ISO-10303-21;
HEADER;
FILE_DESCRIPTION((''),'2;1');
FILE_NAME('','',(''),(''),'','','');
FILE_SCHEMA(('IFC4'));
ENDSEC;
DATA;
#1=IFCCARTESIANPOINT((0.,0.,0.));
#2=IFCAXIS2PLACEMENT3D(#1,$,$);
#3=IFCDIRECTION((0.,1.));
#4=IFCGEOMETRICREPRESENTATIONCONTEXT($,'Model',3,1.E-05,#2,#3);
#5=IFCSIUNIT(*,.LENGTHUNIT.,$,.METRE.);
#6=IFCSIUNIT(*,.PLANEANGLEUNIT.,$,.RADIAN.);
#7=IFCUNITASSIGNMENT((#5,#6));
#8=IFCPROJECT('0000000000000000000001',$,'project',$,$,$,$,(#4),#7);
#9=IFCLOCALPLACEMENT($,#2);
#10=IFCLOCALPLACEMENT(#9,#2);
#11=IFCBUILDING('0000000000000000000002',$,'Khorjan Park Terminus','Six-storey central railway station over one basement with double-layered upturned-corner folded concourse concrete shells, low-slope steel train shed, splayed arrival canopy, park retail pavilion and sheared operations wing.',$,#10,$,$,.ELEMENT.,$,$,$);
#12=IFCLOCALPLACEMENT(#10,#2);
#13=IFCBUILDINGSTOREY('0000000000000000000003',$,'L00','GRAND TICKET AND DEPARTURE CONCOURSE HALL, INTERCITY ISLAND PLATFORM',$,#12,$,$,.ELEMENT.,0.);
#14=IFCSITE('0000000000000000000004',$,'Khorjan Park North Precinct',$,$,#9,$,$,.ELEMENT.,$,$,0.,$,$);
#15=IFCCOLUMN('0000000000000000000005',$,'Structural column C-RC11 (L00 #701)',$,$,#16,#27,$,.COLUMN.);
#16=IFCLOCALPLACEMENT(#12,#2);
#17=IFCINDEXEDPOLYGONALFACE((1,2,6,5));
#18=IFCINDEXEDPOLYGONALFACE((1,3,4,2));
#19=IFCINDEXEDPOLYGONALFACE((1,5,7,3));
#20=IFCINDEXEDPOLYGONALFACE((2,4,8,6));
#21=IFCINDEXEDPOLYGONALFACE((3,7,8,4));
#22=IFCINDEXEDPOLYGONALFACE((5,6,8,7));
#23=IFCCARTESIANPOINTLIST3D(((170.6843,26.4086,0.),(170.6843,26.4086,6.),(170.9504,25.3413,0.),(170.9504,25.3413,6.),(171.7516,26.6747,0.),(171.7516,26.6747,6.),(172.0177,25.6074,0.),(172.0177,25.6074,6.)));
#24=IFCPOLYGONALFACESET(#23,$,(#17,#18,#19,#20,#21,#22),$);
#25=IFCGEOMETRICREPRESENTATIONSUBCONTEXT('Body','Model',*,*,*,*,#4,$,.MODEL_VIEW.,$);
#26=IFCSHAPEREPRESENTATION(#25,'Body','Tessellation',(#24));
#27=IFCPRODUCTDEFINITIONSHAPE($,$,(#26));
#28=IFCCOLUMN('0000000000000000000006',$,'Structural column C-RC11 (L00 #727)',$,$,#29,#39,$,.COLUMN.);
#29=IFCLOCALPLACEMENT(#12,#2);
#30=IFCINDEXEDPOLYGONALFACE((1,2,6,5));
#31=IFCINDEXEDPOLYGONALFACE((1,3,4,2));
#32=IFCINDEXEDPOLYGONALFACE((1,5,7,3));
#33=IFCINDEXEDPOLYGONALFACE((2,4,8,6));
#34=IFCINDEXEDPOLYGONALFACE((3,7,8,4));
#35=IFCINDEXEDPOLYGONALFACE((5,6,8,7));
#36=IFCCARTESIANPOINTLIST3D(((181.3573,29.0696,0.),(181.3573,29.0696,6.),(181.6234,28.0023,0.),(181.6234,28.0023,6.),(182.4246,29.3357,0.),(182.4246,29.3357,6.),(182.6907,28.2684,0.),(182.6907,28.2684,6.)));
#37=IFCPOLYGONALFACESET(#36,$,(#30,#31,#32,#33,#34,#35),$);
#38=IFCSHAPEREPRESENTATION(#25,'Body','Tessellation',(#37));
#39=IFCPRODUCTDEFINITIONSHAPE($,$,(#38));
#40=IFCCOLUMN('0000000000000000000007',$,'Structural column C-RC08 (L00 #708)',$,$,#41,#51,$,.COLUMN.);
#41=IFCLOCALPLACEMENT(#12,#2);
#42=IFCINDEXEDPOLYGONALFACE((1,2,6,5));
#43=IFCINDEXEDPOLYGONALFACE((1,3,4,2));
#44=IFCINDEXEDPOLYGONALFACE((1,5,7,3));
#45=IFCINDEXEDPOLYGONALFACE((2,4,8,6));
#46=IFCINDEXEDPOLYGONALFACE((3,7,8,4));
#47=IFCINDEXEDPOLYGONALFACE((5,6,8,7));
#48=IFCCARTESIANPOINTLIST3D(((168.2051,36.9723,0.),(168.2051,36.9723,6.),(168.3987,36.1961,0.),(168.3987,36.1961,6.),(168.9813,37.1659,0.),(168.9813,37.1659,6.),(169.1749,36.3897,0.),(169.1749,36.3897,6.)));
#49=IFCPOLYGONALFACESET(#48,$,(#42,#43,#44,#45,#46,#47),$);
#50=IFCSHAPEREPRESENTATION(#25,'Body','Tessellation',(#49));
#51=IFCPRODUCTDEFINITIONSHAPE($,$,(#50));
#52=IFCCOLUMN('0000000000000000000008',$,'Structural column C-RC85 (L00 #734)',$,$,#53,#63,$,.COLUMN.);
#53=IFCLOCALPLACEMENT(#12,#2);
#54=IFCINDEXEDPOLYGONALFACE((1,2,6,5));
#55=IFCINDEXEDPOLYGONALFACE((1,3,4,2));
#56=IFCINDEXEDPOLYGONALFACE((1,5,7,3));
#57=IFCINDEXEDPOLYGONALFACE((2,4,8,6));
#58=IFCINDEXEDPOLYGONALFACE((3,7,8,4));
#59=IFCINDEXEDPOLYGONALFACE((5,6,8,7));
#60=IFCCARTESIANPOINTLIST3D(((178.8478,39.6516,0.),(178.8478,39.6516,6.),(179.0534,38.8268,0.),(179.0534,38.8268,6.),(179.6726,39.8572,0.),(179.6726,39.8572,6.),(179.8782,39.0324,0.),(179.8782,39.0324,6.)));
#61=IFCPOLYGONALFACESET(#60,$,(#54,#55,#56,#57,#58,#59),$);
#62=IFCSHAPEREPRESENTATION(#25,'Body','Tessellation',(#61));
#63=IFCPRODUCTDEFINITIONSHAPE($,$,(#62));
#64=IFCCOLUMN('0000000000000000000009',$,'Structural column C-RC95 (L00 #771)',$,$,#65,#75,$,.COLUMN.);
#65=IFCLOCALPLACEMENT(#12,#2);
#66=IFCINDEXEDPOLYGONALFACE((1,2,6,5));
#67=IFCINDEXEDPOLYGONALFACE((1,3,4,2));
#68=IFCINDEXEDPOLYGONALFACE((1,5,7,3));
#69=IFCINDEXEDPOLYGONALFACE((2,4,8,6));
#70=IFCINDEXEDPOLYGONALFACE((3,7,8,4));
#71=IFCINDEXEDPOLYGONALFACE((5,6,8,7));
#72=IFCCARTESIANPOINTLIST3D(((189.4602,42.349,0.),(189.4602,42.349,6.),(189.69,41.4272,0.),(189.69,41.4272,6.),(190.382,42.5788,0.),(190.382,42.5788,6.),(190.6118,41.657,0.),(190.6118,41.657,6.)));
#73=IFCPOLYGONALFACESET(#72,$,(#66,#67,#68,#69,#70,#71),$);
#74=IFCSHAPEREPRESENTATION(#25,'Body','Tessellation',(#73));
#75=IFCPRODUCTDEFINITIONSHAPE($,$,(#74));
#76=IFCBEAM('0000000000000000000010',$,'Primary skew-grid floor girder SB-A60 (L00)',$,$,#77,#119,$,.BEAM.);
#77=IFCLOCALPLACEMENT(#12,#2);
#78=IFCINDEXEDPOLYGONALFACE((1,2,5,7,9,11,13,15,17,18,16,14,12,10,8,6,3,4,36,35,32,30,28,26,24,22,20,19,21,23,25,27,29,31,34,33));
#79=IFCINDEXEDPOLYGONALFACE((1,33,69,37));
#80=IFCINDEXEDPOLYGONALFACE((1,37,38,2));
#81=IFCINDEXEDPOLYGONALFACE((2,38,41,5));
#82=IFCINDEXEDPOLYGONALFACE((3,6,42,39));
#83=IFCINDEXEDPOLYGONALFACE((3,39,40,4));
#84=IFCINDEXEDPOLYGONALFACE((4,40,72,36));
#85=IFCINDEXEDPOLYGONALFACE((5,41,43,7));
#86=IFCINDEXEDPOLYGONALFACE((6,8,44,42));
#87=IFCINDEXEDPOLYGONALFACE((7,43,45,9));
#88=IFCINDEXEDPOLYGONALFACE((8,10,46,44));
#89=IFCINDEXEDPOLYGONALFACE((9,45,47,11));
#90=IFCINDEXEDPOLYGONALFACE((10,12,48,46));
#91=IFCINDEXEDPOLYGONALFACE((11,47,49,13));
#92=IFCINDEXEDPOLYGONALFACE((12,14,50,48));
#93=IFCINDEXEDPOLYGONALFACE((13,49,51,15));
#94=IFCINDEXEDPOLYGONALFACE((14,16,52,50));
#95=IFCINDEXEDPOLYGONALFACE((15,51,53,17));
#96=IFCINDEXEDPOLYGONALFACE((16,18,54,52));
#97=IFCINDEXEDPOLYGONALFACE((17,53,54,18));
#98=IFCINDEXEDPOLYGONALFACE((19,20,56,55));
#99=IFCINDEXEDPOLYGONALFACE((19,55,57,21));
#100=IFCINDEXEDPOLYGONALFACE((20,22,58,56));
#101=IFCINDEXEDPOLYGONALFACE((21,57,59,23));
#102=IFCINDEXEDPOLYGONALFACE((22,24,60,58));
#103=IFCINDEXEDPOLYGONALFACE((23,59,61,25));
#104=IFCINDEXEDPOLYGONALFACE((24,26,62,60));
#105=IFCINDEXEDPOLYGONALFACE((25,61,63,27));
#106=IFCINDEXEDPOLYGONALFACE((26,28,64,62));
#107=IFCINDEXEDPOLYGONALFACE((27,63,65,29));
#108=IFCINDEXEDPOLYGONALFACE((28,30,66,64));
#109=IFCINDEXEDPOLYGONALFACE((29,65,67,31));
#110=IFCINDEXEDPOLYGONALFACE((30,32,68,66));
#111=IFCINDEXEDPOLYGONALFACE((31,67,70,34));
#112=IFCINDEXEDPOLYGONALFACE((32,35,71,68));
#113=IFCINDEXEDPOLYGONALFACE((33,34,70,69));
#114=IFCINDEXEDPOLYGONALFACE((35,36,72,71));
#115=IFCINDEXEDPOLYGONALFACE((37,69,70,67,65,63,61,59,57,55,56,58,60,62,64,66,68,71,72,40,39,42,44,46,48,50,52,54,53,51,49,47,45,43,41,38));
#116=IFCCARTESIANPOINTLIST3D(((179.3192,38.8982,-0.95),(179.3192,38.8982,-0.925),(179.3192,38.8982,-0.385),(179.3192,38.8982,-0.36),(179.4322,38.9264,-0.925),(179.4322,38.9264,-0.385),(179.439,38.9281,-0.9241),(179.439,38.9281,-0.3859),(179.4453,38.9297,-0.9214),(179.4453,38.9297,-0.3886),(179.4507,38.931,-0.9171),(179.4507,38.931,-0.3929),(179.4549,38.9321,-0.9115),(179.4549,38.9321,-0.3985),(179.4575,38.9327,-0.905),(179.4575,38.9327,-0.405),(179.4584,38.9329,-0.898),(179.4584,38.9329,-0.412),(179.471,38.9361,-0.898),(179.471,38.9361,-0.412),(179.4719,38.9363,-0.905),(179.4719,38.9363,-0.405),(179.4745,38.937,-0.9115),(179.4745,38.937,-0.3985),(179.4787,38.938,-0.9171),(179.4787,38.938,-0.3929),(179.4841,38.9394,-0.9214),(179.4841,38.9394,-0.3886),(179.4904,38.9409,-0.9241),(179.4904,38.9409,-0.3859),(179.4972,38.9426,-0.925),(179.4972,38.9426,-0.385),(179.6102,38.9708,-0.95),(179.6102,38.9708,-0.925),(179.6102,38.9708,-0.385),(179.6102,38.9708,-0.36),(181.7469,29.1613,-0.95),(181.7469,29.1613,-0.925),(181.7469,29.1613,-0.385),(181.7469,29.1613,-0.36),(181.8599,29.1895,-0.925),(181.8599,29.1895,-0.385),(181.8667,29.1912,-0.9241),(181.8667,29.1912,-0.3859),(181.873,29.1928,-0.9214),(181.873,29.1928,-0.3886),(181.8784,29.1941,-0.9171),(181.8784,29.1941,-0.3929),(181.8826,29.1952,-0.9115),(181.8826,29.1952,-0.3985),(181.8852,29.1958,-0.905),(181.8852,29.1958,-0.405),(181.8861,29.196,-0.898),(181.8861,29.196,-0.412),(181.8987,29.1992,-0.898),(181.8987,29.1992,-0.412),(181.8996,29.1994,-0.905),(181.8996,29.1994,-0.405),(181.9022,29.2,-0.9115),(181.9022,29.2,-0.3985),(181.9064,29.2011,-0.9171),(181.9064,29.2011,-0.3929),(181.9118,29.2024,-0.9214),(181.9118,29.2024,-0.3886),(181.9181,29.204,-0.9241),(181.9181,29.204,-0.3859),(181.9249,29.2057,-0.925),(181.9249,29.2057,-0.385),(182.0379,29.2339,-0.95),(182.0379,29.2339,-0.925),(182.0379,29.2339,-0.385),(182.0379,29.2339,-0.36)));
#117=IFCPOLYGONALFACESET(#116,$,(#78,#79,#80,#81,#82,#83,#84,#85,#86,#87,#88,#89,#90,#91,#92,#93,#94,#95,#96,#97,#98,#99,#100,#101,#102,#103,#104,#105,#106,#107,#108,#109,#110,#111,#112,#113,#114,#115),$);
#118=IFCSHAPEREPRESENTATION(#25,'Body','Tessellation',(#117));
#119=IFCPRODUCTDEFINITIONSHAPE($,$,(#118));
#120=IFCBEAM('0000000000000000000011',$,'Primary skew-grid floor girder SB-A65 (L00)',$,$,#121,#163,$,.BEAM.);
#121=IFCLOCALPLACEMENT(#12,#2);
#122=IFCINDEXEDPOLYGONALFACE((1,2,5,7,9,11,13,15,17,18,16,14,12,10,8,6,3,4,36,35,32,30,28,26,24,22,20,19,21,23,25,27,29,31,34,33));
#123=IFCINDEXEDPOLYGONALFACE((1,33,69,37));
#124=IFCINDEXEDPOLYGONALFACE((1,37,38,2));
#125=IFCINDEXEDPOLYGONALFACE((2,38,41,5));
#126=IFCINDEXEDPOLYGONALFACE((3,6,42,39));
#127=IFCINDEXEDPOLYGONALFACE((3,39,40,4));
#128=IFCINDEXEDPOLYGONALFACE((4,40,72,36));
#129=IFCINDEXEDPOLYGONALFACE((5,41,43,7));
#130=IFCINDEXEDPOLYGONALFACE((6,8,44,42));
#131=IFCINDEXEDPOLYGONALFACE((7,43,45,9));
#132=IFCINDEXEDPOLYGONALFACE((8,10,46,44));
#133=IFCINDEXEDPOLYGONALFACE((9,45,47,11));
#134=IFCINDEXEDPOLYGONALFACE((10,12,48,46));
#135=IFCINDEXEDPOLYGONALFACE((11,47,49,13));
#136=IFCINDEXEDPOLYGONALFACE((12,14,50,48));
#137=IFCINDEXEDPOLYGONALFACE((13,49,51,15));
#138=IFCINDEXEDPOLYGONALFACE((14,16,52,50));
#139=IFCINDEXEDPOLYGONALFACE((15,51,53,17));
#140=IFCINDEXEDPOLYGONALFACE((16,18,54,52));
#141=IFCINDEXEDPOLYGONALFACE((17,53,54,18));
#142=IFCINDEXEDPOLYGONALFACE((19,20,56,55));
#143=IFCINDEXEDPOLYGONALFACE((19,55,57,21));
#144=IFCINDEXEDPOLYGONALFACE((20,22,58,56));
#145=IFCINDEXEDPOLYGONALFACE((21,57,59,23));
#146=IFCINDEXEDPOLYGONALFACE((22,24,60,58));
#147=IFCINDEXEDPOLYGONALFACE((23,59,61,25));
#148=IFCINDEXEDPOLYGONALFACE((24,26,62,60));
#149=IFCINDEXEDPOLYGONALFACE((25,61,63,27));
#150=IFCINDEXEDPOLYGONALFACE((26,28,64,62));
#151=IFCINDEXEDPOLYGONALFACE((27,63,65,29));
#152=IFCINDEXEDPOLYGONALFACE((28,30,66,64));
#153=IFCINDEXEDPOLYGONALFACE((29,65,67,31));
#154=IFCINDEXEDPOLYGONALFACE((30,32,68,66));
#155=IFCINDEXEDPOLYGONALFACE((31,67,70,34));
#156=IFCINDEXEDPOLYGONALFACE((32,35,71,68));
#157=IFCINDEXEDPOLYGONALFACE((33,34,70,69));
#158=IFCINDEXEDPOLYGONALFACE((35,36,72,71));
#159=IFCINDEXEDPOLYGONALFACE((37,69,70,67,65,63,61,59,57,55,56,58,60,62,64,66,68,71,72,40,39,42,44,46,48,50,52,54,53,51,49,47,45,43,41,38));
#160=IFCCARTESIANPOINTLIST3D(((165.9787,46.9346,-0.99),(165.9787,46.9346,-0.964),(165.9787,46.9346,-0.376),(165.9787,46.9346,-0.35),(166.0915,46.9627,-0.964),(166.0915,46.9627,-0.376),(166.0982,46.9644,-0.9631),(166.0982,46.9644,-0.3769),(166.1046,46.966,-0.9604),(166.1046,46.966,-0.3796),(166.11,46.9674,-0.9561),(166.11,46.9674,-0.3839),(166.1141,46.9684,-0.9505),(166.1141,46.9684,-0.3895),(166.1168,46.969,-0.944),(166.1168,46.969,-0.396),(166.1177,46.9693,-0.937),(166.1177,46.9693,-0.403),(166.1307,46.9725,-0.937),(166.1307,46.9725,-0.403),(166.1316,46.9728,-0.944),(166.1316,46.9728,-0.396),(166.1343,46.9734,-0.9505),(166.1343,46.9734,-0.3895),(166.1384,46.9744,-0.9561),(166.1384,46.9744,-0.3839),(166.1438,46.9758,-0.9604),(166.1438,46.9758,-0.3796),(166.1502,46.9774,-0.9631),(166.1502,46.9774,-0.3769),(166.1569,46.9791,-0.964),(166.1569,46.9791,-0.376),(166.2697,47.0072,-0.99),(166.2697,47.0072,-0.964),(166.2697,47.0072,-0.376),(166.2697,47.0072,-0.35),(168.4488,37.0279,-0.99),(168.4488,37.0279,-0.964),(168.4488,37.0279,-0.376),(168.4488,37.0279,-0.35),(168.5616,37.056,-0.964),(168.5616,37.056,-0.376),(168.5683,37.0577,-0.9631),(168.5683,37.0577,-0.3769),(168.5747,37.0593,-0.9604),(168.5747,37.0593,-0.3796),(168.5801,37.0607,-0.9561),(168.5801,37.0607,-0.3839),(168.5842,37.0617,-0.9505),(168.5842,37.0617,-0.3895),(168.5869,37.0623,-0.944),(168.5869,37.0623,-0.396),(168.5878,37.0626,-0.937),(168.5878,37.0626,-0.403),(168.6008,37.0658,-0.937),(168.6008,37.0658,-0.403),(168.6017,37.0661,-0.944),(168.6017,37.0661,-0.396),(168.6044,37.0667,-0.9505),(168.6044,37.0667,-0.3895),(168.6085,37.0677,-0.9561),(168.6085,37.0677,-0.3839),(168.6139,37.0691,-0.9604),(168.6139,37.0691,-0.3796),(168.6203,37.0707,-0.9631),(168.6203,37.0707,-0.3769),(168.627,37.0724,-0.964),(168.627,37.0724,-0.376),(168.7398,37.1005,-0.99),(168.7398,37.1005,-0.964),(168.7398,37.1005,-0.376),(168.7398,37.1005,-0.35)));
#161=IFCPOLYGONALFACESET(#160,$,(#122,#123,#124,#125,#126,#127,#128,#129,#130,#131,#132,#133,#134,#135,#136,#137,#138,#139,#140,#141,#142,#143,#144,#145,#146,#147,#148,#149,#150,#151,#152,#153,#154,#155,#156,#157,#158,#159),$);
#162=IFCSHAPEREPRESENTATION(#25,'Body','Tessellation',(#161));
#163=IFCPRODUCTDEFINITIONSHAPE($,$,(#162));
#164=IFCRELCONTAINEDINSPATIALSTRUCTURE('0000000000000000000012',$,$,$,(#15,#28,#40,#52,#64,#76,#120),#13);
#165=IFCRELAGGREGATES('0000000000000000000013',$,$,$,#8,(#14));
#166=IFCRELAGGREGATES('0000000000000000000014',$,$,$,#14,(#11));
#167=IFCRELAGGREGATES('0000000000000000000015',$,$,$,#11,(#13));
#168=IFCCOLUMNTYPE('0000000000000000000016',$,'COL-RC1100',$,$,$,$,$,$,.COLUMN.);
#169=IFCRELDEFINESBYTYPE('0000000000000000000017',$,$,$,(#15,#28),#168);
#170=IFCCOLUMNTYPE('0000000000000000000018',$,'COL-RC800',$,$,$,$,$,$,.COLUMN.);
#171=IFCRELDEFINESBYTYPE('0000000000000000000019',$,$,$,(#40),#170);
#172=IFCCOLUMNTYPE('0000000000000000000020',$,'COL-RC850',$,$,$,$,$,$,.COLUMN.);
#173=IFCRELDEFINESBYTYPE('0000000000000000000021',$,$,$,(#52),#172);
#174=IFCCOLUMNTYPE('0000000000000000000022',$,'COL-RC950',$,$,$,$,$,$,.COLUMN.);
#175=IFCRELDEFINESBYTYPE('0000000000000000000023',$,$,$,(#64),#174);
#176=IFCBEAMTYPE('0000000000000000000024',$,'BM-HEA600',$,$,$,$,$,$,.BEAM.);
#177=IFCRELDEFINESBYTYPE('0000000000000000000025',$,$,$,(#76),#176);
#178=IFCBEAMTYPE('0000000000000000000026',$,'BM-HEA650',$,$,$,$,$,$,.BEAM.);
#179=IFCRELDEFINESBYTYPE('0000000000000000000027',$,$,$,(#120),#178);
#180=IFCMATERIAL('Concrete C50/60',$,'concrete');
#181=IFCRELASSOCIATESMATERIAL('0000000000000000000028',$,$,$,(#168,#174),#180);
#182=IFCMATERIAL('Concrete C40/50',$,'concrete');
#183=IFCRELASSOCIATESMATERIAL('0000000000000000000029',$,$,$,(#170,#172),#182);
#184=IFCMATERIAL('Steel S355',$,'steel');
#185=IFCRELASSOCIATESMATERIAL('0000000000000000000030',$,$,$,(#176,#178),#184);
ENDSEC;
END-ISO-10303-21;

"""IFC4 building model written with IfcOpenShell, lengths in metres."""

from ifc_helpers import new_model, si_unit, direction, frame, origin, origin_2d, place, context, subcontext, project, spatial, rectangle, i_section, extrude, material, material_profile, profile_set, type_object, element, save


model = new_model("IFC4")

# Units and contexts
model_context = context("Model", 3, precision=1e-05, world=origin(), true_north=direction((0.0, 1.0)))
body_context = subcontext(model_context, "Body", "Model", "MODEL_VIEW")
ifc_project = project(units=[si_unit("LENGTHUNIT", "METRE"), si_unit("PLANEANGLEUNIT", "RADIAN")], contexts=[model_context])

# Site, building, storey
site_placement = place(None, origin())
site = spatial("IfcSite", under=ifc_project, at=site_placement, Name="Khorjan Park North Precinct", CompositionType="ELEMENT", RefElevation=0.0)
building_placement = place(site_placement, origin())
building = spatial("IfcBuilding", under=site, at=building_placement, Name="Khorjan Park Terminus", Description="Six-storey central railway station over one basement with double-layered upturned-corner folded concourse concrete shells, low-slope steel train shed, splayed arrival canopy, park retail pavilion and sheared operations wing.", CompositionType="ELEMENT")
storey_placement = place(building_placement, origin())
storey = spatial("IfcBuildingStorey", under=building, at=storey_placement, Name="L00", Description="GRAND TICKET AND DEPARTURE CONCOURSE HALL, INTERCITY ISLAND PLATFORM", CompositionType="ELEMENT", Elevation=0.0)

# Columns
ifc_material_1 = material(Name="Concrete C50/60", Category="concrete")
ifc_material_profile_1 = material_profile(ifc_material_1, rectangle(XDim=1.1, YDim=1.1, at=origin_2d()), Name="RC 1100x1100")
ifc_profile_set_1 = profile_set([ifc_material_profile_1], Name="Concrete C50/60")
column_type_1 = type_object("IfcColumnType", Name="COL-RC1100", PredefinedType="COLUMN", material=ifc_profile_set_1)
for number, where, z_axis, x_axis, name in (
    (1, (171.351, 26.008, 0.0), (0.0, 0.0, 1.0), (0.970296, 0.241922, 0.0), "Structural column C-RC11 (L00 #701)"),
    (2, (182.024, 28.669, 0.0), (0.0, 0.0, 1.0), (0.970296, 0.241922, 0.0), "Structural column C-RC11 (L00 #727)"),
):
    element("IfcColumn", number, at=place(storey_placement, frame(where, z_axis=z_axis, x_axis=x_axis)), inside=storey, type_object=column_type_1, Name=name, PredefinedType="COLUMN", context=body_context, shape_type="SweptSolid", body=[
        extrude(rectangle(XDim=1.1, YDim=1.1, at=origin_2d()), origin(), (0.0, 0.0, 1.0), 6.0),
    ])
ifc_material_2 = material(Name="Concrete C40/50", Category="concrete")
ifc_material_profile_2 = material_profile(ifc_material_2, rectangle(XDim=0.8, YDim=0.8, at=origin_2d()), Name="RC 800x800")
ifc_profile_set_2 = profile_set([ifc_material_profile_2], Name="Concrete C40/50")
column_type_2 = type_object("IfcColumnType", Name="COL-RC800", PredefinedType="COLUMN", material=ifc_profile_set_2)
column_1_placement = place(storey_placement, frame((168.69, 36.681, 0.0), z_axis=(0.0, 0.0, 1.0), x_axis=(0.970296, 0.241922, 0.0)))
element("IfcColumn", 3, at=column_1_placement, inside=storey, type_object=column_type_2, Name="Structural column C-RC08 (L00 #708)", PredefinedType="COLUMN", context=body_context, shape_type="SweptSolid", body=[
    extrude(rectangle(XDim=0.8, YDim=0.8, at=origin_2d()), origin(), (0.0, 0.0, 1.0), 6.0),
])
ifc_material_profile_3 = material_profile(ifc_material_2, rectangle(XDim=0.85, YDim=0.85, at=origin_2d()), Name="RC 850x850")
ifc_profile_set_3 = profile_set([ifc_material_profile_3], Name="Concrete C40/50")
column_type_3 = type_object("IfcColumnType", Name="COL-RC850", PredefinedType="COLUMN", material=ifc_profile_set_3)
column_2_placement = place(storey_placement, frame((179.363, 39.342, 0.0), z_axis=(0.0, 0.0, 1.0), x_axis=(0.970296, 0.241922, 0.0)))
element("IfcColumn", 4, at=column_2_placement, inside=storey, type_object=column_type_3, Name="Structural column C-RC85 (L00 #734)", PredefinedType="COLUMN", context=body_context, shape_type="SweptSolid", body=[
    extrude(rectangle(XDim=0.85, YDim=0.85, at=origin_2d()), origin(), (0.0, 0.0, 1.0), 6.0),
])
ifc_material_profile_4 = material_profile(ifc_material_1, rectangle(XDim=0.95, YDim=0.95, at=origin_2d()), Name="RC 950x950")
ifc_profile_set_4 = profile_set([ifc_material_profile_4], Name="Concrete C50/60")
column_type_4 = type_object("IfcColumnType", Name="COL-RC950", PredefinedType="COLUMN", material=ifc_profile_set_4)
column_3_placement = place(storey_placement, frame((190.036, 42.003, 0.0), z_axis=(0.0, 0.0, 1.0), x_axis=(0.970296, 0.241922, 0.0)))
element("IfcColumn", 5, at=column_3_placement, inside=storey, type_object=column_type_4, Name="Structural column C-RC95 (L00 #771)", PredefinedType="COLUMN", context=body_context, shape_type="SweptSolid", body=[
    extrude(rectangle(XDim=0.95, YDim=0.95, at=origin_2d()), origin(), (0.0, 0.0, 1.0), 6.0),
])

# Beams
ifc_material_3 = material(Name="Steel S355", Category="steel")
ifc_material_profile_5 = material_profile(ifc_material_3, i_section(OverallWidth=0.3, OverallDepth=0.59, WebThickness=0.013, FlangeThickness=0.025, FilletRadius=0.027, at=origin_2d()), Name="HEA 600")
ifc_profile_set_5 = profile_set([ifc_material_profile_5], Name="Steel S355")
beam_type_1 = type_object("IfcBeamType", Name="BM-HEA600", PredefinedType="BEAM", material=ifc_profile_set_5)
beam_1_placement = place(storey_placement, frame((181.8924, 29.1976, -0.655), z_axis=(-0.241924, 0.970295, 0.0), x_axis=(-0.970295, -0.241924, 0.0)))
element("IfcBeam", 6, at=beam_1_placement, inside=storey, type_object=beam_type_1, Name="Primary skew-grid floor girder SB-A60 (L00)", PredefinedType="BEAM", context=body_context, shape_type="SweptSolid", body=[
    extrude(i_section(OverallWidth=0.3, OverallDepth=0.59, WebThickness=0.013, FlangeThickness=0.025, FilletRadius=0.027, at=origin_2d()), origin(), (0.0, 0.0, 1.0), 10.035),
])
ifc_material_profile_6 = material_profile(ifc_material_3, i_section(OverallWidth=0.3, OverallDepth=0.64, WebThickness=0.0135, FlangeThickness=0.026, FilletRadius=0.027, at=origin_2d()), Name="HEA 650")
ifc_profile_set_6 = profile_set([ifc_material_profile_6], Name="Steel S355")
beam_type_2 = type_object("IfcBeamType", Name="BM-HEA650", PredefinedType="BEAM", material=ifc_profile_set_6)
beam_2_placement = place(storey_placement, frame((168.5943, 37.0642, -0.67), z_axis=(-0.241929, 0.970294, 0.0), x_axis=(-0.970294, -0.241929, 0.0)))
element("IfcBeam", 7, at=beam_2_placement, inside=storey, type_object=beam_type_2, Name="Primary skew-grid floor girder SB-A65 (L00)", PredefinedType="BEAM", context=body_context, shape_type="SweptSolid", body=[
    extrude(i_section(OverallWidth=0.3, OverallDepth=0.64, WebThickness=0.0135, FlangeThickness=0.026, FilletRadius=0.027, at=origin_2d()), origin(), (0.0, 0.0, 1.0), 10.21),
])

save(model, "model.ifc")
